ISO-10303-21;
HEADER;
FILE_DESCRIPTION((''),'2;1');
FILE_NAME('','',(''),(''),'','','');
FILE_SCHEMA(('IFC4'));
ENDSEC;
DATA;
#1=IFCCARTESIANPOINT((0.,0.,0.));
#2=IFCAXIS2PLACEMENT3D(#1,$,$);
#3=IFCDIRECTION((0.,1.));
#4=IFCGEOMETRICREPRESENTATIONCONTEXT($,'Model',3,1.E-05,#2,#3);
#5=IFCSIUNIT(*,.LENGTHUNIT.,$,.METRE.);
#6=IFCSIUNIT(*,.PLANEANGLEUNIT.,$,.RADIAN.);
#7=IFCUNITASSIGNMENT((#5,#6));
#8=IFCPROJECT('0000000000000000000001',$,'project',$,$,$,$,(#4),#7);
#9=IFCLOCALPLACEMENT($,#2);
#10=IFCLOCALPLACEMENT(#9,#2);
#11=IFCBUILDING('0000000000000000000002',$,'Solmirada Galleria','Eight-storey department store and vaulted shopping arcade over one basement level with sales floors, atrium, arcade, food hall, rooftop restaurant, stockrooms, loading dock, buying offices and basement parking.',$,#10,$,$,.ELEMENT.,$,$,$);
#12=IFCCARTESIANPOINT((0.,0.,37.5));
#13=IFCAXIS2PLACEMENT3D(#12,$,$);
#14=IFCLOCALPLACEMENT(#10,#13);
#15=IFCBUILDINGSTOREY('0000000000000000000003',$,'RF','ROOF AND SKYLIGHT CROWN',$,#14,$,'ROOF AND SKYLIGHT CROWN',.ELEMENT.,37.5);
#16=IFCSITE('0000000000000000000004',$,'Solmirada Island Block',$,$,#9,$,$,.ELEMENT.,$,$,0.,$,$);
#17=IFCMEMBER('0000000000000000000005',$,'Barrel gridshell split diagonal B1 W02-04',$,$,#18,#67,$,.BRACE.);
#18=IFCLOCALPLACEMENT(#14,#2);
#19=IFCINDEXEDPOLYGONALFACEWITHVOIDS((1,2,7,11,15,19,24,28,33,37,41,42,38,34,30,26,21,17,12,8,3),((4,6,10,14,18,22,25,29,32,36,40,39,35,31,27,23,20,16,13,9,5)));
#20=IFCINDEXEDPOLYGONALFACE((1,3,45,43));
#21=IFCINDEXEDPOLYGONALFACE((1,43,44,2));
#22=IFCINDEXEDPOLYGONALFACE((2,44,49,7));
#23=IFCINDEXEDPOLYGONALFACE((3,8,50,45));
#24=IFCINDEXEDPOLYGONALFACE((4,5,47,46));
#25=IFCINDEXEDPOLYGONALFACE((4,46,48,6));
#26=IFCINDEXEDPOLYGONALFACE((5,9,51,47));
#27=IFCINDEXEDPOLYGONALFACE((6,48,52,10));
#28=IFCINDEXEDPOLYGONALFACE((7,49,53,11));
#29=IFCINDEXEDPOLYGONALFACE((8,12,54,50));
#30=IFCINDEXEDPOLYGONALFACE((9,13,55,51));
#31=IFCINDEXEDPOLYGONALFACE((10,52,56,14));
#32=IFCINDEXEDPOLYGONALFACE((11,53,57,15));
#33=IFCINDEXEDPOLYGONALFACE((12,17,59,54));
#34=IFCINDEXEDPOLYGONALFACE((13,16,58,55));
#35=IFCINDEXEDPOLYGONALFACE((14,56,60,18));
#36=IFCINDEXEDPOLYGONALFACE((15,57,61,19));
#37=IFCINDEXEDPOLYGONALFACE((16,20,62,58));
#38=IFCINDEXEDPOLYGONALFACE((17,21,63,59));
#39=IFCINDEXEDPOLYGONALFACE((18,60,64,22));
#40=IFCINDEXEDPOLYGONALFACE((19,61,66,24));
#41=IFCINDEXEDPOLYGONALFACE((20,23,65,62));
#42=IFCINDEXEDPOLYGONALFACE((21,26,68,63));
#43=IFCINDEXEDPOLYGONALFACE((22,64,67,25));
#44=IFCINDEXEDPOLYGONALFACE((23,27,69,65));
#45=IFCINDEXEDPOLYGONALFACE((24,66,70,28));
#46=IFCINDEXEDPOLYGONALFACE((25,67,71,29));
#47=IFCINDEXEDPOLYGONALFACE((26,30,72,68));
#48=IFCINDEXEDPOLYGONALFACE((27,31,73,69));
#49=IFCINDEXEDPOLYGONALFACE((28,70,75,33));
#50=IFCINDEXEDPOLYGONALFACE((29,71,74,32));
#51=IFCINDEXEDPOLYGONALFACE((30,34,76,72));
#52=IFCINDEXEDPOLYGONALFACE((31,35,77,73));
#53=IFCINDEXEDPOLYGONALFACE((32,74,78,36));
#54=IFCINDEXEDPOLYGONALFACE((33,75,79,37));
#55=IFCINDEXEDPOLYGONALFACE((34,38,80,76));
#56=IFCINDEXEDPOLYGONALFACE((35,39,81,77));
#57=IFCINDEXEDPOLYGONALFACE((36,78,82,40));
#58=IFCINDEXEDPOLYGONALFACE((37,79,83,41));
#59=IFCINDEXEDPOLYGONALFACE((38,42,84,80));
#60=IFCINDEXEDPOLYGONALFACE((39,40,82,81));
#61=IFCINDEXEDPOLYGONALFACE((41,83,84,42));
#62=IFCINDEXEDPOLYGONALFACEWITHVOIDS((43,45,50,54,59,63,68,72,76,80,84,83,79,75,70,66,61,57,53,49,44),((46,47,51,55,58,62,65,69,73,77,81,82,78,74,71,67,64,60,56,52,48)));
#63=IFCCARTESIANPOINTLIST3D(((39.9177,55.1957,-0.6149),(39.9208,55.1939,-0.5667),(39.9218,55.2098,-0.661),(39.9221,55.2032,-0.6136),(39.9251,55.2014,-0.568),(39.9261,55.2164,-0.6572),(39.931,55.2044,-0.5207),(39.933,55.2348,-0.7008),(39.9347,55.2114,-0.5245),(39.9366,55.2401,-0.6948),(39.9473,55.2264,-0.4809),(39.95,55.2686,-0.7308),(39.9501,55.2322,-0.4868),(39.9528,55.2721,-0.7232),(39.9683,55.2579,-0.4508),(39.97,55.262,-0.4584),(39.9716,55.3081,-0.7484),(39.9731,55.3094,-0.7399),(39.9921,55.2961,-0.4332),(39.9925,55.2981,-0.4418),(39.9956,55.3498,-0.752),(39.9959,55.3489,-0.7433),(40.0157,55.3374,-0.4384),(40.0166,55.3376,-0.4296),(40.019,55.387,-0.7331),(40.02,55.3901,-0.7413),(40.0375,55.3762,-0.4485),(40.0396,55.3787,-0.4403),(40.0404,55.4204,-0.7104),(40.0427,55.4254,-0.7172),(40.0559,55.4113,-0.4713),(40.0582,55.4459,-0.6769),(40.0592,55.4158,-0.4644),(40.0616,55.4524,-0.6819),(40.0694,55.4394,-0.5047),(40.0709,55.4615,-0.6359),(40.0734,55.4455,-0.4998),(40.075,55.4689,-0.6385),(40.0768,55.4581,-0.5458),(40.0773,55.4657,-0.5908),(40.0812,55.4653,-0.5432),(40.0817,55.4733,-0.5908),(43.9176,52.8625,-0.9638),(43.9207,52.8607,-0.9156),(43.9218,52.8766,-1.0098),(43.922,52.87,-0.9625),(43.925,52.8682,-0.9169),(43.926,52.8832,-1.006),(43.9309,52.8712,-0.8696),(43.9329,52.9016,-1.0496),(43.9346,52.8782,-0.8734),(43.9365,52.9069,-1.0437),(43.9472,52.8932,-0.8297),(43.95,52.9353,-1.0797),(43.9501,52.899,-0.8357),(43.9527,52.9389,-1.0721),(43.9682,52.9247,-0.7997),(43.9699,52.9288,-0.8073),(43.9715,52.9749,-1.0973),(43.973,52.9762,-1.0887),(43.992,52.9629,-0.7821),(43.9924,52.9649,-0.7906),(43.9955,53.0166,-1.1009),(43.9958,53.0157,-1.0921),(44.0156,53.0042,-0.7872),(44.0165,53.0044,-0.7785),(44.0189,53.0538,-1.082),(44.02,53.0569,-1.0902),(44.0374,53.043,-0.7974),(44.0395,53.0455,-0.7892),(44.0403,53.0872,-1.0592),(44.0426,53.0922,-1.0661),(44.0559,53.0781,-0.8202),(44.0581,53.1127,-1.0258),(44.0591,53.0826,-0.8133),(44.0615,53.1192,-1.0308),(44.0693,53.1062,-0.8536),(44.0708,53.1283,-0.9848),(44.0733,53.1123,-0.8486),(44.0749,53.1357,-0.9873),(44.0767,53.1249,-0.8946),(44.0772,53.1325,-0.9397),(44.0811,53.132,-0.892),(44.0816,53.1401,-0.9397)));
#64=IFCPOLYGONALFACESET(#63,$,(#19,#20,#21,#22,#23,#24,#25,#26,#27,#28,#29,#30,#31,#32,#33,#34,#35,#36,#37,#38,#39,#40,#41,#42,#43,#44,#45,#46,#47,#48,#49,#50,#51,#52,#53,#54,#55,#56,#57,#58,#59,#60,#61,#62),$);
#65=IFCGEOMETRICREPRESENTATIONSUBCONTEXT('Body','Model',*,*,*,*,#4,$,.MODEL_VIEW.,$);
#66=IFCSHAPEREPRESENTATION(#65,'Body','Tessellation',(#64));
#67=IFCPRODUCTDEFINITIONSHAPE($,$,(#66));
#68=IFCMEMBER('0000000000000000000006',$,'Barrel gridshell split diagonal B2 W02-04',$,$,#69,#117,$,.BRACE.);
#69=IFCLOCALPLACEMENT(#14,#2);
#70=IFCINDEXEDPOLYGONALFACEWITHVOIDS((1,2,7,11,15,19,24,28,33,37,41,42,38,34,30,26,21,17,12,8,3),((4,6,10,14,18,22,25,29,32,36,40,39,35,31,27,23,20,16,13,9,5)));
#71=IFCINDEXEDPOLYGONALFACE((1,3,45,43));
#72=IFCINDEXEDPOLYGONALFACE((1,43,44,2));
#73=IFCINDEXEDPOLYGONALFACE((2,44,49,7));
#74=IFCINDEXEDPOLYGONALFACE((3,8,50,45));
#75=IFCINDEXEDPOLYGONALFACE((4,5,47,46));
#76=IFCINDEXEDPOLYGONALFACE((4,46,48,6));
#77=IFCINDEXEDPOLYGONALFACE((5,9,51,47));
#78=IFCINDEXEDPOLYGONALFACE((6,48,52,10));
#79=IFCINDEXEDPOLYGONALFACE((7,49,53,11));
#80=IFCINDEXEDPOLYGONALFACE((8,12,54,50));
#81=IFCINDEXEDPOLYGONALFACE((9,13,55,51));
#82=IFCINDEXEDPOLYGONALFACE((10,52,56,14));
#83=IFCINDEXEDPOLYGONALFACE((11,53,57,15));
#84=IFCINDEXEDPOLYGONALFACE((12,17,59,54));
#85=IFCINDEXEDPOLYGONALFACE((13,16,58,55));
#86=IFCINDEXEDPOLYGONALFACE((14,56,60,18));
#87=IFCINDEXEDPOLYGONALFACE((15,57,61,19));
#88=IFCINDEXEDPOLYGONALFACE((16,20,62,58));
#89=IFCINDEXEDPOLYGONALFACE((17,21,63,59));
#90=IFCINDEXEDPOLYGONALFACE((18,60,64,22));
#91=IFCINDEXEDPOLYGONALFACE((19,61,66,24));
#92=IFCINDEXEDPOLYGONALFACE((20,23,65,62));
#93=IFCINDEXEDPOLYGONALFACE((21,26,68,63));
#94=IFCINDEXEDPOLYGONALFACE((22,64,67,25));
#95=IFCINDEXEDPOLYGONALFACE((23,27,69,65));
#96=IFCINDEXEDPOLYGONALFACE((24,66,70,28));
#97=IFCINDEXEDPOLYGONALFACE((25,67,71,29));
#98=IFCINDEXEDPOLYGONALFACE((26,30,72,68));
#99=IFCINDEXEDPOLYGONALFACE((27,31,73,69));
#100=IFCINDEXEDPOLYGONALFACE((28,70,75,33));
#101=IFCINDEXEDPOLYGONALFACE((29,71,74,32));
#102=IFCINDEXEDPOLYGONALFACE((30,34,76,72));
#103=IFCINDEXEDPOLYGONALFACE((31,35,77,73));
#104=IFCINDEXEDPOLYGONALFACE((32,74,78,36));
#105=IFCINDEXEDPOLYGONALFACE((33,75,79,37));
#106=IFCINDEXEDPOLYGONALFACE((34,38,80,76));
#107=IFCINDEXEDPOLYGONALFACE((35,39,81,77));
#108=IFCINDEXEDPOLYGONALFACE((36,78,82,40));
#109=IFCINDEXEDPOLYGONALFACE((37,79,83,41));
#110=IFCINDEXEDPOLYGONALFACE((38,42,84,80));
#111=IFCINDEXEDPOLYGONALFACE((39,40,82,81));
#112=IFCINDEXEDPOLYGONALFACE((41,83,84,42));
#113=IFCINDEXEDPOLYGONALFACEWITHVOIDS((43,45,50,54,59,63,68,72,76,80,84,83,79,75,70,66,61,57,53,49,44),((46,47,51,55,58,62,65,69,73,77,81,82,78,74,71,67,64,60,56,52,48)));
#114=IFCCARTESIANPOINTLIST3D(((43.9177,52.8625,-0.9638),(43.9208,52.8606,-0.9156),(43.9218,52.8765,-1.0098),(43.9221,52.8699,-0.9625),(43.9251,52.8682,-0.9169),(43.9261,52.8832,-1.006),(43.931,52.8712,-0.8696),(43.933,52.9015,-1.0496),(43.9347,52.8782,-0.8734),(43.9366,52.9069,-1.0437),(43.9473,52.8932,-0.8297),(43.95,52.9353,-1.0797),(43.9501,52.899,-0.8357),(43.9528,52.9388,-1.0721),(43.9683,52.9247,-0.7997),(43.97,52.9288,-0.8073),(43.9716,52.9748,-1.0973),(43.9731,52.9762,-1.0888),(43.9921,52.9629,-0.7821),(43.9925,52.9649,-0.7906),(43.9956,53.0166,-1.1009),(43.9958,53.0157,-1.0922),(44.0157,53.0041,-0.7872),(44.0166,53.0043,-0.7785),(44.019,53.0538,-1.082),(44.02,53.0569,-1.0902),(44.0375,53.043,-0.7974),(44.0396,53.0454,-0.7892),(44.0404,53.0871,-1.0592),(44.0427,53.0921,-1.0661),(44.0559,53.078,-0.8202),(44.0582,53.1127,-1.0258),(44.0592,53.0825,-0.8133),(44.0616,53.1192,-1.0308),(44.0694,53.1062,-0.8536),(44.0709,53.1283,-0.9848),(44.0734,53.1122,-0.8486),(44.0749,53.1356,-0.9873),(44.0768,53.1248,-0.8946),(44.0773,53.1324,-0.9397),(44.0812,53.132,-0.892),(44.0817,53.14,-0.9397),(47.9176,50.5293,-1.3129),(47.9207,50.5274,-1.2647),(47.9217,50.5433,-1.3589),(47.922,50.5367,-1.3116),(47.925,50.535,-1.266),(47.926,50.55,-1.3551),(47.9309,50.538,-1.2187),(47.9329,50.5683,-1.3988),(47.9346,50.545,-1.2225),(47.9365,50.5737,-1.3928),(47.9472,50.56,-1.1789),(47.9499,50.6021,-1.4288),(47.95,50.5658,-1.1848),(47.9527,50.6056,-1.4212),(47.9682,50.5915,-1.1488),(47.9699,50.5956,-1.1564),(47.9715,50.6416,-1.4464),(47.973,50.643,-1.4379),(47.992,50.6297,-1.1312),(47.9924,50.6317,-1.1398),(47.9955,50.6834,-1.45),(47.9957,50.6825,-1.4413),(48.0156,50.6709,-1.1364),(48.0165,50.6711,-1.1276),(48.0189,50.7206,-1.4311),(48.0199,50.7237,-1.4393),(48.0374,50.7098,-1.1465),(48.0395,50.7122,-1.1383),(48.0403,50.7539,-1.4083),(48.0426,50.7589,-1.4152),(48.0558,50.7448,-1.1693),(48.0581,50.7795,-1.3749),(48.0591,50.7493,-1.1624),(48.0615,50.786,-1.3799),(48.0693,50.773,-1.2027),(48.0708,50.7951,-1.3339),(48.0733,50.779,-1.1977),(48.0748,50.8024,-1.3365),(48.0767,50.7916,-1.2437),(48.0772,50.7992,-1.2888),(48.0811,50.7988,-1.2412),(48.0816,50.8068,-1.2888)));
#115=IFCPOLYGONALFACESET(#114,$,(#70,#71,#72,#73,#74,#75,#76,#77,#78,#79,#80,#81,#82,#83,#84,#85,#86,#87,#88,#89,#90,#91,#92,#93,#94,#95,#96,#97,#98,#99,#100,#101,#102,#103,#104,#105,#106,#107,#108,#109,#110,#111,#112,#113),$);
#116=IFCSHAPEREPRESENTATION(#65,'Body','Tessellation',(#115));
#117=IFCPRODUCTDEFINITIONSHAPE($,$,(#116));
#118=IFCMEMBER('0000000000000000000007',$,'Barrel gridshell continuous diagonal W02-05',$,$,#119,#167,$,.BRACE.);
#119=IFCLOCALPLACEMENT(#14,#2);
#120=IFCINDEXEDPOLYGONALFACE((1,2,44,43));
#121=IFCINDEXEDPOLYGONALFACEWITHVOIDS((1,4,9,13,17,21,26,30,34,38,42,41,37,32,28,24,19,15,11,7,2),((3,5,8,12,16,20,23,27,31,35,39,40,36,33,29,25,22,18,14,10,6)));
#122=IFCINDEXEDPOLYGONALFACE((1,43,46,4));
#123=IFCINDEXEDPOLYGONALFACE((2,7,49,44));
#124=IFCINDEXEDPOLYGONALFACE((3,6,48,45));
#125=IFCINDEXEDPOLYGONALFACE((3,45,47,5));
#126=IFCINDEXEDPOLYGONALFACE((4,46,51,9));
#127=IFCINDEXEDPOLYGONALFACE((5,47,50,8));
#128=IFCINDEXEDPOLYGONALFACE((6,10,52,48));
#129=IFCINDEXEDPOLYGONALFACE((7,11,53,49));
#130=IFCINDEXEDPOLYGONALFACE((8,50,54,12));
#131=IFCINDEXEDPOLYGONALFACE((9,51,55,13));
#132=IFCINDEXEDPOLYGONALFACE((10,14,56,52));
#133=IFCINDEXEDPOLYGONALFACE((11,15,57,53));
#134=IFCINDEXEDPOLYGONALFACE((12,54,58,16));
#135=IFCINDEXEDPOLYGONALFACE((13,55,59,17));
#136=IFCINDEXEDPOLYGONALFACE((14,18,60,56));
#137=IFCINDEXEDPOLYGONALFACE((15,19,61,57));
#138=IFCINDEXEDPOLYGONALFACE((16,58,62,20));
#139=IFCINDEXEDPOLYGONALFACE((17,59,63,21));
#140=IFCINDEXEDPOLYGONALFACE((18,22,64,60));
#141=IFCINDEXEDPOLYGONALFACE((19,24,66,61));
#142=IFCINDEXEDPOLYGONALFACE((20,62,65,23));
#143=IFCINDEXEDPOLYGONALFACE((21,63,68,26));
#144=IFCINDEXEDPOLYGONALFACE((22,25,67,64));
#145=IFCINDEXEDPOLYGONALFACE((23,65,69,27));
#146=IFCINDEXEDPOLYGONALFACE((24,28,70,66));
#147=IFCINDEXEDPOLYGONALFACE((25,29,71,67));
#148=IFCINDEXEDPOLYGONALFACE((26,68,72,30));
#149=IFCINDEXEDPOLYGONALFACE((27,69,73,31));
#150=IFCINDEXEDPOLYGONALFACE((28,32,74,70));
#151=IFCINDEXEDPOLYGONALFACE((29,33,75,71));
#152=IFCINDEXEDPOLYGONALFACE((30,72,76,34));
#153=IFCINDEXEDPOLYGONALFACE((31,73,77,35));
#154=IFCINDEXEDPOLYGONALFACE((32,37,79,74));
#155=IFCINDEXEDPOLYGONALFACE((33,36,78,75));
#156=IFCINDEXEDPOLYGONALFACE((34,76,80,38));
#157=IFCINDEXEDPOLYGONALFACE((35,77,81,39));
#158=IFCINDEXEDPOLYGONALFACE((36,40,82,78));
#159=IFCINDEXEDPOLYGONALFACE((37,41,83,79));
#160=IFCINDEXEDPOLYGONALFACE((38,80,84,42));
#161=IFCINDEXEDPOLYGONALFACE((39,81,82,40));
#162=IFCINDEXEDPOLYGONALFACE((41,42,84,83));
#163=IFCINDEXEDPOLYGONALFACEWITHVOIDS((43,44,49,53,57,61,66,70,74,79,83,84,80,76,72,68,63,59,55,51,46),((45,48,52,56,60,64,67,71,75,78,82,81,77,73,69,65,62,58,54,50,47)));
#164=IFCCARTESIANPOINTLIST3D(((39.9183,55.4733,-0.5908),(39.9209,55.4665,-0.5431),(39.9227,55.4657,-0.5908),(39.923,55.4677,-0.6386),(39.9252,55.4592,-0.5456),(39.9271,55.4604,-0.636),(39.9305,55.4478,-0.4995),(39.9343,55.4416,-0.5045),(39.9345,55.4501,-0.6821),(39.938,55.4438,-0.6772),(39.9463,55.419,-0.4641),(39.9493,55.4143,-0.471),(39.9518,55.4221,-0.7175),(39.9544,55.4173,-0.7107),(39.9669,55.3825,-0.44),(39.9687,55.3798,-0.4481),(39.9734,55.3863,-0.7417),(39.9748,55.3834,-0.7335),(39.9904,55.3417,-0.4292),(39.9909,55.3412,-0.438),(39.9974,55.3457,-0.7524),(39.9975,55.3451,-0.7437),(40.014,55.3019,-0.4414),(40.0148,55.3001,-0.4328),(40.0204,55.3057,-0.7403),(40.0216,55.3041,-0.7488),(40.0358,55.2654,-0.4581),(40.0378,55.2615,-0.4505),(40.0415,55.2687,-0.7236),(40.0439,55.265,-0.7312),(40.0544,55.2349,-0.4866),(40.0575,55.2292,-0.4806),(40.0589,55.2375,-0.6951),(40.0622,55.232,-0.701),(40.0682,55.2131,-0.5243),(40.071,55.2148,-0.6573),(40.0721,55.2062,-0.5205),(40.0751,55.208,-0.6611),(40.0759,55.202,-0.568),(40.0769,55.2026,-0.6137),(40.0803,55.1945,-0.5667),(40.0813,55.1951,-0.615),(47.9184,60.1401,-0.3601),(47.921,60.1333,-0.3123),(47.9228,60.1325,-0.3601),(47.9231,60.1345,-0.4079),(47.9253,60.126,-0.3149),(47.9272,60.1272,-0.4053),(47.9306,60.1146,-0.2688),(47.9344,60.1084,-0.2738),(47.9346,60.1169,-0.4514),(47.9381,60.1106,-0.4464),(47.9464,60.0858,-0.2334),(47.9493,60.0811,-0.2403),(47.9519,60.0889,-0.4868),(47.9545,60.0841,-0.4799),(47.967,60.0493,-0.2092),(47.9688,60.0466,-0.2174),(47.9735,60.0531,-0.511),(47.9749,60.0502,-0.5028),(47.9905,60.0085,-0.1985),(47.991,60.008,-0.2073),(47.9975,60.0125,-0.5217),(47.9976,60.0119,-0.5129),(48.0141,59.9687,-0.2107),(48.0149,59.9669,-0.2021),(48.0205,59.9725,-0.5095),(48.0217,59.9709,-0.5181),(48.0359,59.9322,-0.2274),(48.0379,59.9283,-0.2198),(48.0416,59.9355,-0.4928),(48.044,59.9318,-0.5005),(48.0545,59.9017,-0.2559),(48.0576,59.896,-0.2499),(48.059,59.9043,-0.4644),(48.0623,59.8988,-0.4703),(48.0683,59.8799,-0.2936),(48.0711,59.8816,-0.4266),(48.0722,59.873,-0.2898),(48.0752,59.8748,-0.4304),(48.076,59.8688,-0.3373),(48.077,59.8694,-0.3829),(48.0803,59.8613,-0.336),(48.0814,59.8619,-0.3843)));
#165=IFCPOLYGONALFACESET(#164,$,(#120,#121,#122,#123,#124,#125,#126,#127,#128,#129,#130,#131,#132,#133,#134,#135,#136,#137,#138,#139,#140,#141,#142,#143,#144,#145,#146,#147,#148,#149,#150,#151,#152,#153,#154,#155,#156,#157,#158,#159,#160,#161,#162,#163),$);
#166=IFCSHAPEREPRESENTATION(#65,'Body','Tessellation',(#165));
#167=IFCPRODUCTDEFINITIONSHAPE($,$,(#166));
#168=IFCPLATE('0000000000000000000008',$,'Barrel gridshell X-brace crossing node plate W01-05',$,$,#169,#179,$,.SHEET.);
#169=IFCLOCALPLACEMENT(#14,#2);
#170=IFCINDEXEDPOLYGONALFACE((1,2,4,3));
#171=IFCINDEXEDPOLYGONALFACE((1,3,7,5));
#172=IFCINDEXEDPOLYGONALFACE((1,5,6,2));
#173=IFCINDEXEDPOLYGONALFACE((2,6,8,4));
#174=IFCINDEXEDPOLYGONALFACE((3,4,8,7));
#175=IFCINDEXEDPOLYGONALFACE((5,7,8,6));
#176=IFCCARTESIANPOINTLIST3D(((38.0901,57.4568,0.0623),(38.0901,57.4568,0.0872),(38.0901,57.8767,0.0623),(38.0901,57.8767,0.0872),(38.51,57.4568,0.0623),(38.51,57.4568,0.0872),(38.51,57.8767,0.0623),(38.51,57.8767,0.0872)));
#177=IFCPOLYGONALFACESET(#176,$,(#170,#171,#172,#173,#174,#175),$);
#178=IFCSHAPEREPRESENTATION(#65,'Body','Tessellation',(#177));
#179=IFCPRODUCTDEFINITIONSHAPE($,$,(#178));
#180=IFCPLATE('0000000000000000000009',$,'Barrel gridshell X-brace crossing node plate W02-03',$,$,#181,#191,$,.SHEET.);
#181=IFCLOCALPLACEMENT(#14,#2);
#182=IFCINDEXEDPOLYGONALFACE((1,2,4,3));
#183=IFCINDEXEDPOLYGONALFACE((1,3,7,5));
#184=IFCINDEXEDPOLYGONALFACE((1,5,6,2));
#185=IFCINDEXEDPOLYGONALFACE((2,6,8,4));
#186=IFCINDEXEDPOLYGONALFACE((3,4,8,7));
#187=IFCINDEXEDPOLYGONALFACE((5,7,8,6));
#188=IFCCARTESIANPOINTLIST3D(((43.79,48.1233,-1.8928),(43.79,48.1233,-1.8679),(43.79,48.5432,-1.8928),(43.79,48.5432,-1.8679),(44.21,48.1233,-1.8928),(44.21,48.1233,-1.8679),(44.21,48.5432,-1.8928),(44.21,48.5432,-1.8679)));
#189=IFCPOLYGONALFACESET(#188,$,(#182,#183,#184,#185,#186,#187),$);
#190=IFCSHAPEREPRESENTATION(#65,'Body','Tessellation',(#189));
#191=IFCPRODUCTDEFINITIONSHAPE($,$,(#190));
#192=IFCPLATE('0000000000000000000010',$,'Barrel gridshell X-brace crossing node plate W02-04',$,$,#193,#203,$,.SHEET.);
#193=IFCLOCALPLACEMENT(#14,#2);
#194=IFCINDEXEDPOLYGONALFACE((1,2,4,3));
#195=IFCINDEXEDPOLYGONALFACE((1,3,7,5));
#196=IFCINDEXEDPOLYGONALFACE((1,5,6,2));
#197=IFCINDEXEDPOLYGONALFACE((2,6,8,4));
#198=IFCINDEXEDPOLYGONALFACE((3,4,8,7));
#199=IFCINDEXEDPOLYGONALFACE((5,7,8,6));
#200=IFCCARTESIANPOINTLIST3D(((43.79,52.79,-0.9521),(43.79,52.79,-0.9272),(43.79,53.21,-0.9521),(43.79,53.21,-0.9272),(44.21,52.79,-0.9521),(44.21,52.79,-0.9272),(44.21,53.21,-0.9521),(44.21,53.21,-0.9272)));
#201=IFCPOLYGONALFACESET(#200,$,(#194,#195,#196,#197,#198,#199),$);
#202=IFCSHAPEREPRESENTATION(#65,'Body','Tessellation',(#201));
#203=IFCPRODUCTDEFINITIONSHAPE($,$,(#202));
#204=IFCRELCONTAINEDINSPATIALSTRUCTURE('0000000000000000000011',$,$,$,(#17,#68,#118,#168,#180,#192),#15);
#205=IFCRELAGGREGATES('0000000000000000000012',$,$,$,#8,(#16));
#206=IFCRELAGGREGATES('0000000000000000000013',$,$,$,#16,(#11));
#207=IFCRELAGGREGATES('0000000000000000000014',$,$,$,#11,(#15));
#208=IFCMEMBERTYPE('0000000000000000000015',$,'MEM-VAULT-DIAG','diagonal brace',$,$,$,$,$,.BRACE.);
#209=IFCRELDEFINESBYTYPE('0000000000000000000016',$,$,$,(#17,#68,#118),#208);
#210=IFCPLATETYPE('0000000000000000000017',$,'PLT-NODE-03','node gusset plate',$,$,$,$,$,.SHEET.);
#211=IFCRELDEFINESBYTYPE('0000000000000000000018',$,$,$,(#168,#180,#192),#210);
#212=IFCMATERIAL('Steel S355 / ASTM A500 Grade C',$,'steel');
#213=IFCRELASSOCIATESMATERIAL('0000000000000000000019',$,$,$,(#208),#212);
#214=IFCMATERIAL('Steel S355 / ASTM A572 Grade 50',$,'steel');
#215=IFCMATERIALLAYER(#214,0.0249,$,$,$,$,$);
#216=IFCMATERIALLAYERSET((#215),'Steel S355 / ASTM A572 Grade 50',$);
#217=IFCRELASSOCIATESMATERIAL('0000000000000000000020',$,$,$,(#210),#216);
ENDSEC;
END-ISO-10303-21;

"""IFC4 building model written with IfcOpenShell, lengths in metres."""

from ifc_helpers import new_model, si_unit, direction, frame, origin, origin_2d, place, context, subcontext, project, spatial, rectangle, hollow_circle, extrude, material, layer, layer_set, material_profile, profile_set, type_object, element, save


model = new_model("IFC4")

# Units and contexts
model_context = context("Model", 3, precision=1e-05, world=origin(), true_north=direction((0.0, 1.0)))
body_context = subcontext(model_context, "Body", "Model", "MODEL_VIEW")
ifc_project = project(units=[si_unit("LENGTHUNIT", "METRE"), si_unit("PLANEANGLEUNIT", "RADIAN")], contexts=[model_context])

# Site, building, storey
site_placement = place(None, origin())
site = spatial("IfcSite", under=ifc_project, at=site_placement, Name="Solmirada Island Block", CompositionType="ELEMENT", RefElevation=0.0)
building_placement = place(site_placement, origin())
building = spatial("IfcBuilding", under=site, at=building_placement, Name="Solmirada Galleria", Description="Eight-storey department store and vaulted shopping arcade over one basement level with sales floors, atrium, arcade, food hall, rooftop restaurant, stockrooms, loading dock, buying offices and basement parking.", CompositionType="ELEMENT")
storey_placement = place(building_placement, frame((0.0, 0.0, 37.5)))
storey = spatial("IfcBuildingStorey", under=building, at=storey_placement, Name="RF", Description="ROOF AND SKYLIGHT CROWN", LongName="ROOF AND SKYLIGHT CROWN", CompositionType="ELEMENT", Elevation=37.5)

# Members
ifc_material_1 = material(Name="Steel S355 / ASTM A500 Grade C", Category="steel")
ifc_material_profile_1 = material_profile(ifc_material_1, hollow_circle(Radius=0.1621, WallThickness=0.0088, at=origin_2d()), Name="HSS12.750X0.375")
ifc_profile_set_1 = profile_set([ifc_material_profile_1], Name="Steel S355 / ASTM A500 Grade C")
member_type_1 = type_object("IfcMemberType", Name="MEM-VAULT-DIAG", Description="diagonal brace", PredefinedType="BRACE", material=ifc_profile_set_1)
for number, where, z_axis, x_axis, name in (
    (1, (40.0, 55.3333, -0.5908), (0.861346, -0.502434, -0.075126), (0.503858, 0.863787, 0.0), "Barrel gridshell split diagonal B1 W02-04"),
    (2, (44.0, 53.0, -0.9397), (0.861342, -0.502432, -0.075178), (0.503858, 0.863787, 0.0), "Barrel gridshell split diagonal B2 W02-04"),
):
    element("IfcMember", number, at=place(storey_placement, frame(where, z_axis=z_axis, x_axis=x_axis)), inside=storey, type_object=member_type_1, Name=name, PredefinedType="BRACE", context=body_context, shape_type="SweptSolid", body=[
        extrude(hollow_circle(Radius=0.1621, WallThickness=0.0088, at=origin_2d()), origin(), (0.0, 0.0, 1.0), 4.6438),
    ])
member_1_placement = place(storey_placement, frame((40.0, 55.3333, -0.5908), z_axis=(0.863507, 0.503721, 0.024903), x_axis=(-0.503878, 0.863775, 0.0)))
element("IfcMember", 3, at=member_1_placement, inside=storey, type_object=member_type_1, Name="Barrel gridshell continuous diagonal W02-05", PredefinedType="BRACE", context=body_context, shape_type="SweptSolid", body=[
    extrude(hollow_circle(Radius=0.1621, WallThickness=0.0088, at=origin_2d()), origin(), (0.0, 0.0, 1.0), 9.2646),
])

# Plates
ifc_material_2 = material(Name="Steel S355 / ASTM A572 Grade 50", Category="steel")
ifc_layer_1 = layer(ifc_material_2, 0.0249)
ifc_layer_set_1 = layer_set([ifc_layer_1], Name="Steel S355 / ASTM A572 Grade 50")
plate_type_1 = type_object("IfcPlateType", Name="PLT-NODE-03", Description="node gusset plate", PredefinedType="SHEET", material=ifc_layer_set_1)
for number, where, z_axis, x_axis, name in (
    (4, (38.3, 57.6667, 0.0623), (0.0, 0.0, 1.0), (1.0, 0.0, 0.0), "Barrel gridshell X-brace crossing node plate W01-05"),
    (5, (44.0, 48.3333, -1.8928), (0.0, 0.0, 1.0), (1.0, 0.0, 0.0), "Barrel gridshell X-brace crossing node plate W02-03"),
    (6, (44.0, 53.0, -0.9521), (0.0, 0.0, 1.0), (1.0, 0.0, 0.0), "Barrel gridshell X-brace crossing node plate W02-04"),
):
    element("IfcPlate", number, at=place(storey_placement, frame(where, z_axis=z_axis, x_axis=x_axis)), inside=storey, type_object=plate_type_1, Name=name, PredefinedType="SHEET", context=body_context, shape_type="SweptSolid", body=[
        extrude(rectangle(XDim=0.4199, YDim=0.4199, at=origin_2d()), origin(), (0.0, 0.0, 1.0), 0.0249),
    ])

save(model, "model.ifc")
